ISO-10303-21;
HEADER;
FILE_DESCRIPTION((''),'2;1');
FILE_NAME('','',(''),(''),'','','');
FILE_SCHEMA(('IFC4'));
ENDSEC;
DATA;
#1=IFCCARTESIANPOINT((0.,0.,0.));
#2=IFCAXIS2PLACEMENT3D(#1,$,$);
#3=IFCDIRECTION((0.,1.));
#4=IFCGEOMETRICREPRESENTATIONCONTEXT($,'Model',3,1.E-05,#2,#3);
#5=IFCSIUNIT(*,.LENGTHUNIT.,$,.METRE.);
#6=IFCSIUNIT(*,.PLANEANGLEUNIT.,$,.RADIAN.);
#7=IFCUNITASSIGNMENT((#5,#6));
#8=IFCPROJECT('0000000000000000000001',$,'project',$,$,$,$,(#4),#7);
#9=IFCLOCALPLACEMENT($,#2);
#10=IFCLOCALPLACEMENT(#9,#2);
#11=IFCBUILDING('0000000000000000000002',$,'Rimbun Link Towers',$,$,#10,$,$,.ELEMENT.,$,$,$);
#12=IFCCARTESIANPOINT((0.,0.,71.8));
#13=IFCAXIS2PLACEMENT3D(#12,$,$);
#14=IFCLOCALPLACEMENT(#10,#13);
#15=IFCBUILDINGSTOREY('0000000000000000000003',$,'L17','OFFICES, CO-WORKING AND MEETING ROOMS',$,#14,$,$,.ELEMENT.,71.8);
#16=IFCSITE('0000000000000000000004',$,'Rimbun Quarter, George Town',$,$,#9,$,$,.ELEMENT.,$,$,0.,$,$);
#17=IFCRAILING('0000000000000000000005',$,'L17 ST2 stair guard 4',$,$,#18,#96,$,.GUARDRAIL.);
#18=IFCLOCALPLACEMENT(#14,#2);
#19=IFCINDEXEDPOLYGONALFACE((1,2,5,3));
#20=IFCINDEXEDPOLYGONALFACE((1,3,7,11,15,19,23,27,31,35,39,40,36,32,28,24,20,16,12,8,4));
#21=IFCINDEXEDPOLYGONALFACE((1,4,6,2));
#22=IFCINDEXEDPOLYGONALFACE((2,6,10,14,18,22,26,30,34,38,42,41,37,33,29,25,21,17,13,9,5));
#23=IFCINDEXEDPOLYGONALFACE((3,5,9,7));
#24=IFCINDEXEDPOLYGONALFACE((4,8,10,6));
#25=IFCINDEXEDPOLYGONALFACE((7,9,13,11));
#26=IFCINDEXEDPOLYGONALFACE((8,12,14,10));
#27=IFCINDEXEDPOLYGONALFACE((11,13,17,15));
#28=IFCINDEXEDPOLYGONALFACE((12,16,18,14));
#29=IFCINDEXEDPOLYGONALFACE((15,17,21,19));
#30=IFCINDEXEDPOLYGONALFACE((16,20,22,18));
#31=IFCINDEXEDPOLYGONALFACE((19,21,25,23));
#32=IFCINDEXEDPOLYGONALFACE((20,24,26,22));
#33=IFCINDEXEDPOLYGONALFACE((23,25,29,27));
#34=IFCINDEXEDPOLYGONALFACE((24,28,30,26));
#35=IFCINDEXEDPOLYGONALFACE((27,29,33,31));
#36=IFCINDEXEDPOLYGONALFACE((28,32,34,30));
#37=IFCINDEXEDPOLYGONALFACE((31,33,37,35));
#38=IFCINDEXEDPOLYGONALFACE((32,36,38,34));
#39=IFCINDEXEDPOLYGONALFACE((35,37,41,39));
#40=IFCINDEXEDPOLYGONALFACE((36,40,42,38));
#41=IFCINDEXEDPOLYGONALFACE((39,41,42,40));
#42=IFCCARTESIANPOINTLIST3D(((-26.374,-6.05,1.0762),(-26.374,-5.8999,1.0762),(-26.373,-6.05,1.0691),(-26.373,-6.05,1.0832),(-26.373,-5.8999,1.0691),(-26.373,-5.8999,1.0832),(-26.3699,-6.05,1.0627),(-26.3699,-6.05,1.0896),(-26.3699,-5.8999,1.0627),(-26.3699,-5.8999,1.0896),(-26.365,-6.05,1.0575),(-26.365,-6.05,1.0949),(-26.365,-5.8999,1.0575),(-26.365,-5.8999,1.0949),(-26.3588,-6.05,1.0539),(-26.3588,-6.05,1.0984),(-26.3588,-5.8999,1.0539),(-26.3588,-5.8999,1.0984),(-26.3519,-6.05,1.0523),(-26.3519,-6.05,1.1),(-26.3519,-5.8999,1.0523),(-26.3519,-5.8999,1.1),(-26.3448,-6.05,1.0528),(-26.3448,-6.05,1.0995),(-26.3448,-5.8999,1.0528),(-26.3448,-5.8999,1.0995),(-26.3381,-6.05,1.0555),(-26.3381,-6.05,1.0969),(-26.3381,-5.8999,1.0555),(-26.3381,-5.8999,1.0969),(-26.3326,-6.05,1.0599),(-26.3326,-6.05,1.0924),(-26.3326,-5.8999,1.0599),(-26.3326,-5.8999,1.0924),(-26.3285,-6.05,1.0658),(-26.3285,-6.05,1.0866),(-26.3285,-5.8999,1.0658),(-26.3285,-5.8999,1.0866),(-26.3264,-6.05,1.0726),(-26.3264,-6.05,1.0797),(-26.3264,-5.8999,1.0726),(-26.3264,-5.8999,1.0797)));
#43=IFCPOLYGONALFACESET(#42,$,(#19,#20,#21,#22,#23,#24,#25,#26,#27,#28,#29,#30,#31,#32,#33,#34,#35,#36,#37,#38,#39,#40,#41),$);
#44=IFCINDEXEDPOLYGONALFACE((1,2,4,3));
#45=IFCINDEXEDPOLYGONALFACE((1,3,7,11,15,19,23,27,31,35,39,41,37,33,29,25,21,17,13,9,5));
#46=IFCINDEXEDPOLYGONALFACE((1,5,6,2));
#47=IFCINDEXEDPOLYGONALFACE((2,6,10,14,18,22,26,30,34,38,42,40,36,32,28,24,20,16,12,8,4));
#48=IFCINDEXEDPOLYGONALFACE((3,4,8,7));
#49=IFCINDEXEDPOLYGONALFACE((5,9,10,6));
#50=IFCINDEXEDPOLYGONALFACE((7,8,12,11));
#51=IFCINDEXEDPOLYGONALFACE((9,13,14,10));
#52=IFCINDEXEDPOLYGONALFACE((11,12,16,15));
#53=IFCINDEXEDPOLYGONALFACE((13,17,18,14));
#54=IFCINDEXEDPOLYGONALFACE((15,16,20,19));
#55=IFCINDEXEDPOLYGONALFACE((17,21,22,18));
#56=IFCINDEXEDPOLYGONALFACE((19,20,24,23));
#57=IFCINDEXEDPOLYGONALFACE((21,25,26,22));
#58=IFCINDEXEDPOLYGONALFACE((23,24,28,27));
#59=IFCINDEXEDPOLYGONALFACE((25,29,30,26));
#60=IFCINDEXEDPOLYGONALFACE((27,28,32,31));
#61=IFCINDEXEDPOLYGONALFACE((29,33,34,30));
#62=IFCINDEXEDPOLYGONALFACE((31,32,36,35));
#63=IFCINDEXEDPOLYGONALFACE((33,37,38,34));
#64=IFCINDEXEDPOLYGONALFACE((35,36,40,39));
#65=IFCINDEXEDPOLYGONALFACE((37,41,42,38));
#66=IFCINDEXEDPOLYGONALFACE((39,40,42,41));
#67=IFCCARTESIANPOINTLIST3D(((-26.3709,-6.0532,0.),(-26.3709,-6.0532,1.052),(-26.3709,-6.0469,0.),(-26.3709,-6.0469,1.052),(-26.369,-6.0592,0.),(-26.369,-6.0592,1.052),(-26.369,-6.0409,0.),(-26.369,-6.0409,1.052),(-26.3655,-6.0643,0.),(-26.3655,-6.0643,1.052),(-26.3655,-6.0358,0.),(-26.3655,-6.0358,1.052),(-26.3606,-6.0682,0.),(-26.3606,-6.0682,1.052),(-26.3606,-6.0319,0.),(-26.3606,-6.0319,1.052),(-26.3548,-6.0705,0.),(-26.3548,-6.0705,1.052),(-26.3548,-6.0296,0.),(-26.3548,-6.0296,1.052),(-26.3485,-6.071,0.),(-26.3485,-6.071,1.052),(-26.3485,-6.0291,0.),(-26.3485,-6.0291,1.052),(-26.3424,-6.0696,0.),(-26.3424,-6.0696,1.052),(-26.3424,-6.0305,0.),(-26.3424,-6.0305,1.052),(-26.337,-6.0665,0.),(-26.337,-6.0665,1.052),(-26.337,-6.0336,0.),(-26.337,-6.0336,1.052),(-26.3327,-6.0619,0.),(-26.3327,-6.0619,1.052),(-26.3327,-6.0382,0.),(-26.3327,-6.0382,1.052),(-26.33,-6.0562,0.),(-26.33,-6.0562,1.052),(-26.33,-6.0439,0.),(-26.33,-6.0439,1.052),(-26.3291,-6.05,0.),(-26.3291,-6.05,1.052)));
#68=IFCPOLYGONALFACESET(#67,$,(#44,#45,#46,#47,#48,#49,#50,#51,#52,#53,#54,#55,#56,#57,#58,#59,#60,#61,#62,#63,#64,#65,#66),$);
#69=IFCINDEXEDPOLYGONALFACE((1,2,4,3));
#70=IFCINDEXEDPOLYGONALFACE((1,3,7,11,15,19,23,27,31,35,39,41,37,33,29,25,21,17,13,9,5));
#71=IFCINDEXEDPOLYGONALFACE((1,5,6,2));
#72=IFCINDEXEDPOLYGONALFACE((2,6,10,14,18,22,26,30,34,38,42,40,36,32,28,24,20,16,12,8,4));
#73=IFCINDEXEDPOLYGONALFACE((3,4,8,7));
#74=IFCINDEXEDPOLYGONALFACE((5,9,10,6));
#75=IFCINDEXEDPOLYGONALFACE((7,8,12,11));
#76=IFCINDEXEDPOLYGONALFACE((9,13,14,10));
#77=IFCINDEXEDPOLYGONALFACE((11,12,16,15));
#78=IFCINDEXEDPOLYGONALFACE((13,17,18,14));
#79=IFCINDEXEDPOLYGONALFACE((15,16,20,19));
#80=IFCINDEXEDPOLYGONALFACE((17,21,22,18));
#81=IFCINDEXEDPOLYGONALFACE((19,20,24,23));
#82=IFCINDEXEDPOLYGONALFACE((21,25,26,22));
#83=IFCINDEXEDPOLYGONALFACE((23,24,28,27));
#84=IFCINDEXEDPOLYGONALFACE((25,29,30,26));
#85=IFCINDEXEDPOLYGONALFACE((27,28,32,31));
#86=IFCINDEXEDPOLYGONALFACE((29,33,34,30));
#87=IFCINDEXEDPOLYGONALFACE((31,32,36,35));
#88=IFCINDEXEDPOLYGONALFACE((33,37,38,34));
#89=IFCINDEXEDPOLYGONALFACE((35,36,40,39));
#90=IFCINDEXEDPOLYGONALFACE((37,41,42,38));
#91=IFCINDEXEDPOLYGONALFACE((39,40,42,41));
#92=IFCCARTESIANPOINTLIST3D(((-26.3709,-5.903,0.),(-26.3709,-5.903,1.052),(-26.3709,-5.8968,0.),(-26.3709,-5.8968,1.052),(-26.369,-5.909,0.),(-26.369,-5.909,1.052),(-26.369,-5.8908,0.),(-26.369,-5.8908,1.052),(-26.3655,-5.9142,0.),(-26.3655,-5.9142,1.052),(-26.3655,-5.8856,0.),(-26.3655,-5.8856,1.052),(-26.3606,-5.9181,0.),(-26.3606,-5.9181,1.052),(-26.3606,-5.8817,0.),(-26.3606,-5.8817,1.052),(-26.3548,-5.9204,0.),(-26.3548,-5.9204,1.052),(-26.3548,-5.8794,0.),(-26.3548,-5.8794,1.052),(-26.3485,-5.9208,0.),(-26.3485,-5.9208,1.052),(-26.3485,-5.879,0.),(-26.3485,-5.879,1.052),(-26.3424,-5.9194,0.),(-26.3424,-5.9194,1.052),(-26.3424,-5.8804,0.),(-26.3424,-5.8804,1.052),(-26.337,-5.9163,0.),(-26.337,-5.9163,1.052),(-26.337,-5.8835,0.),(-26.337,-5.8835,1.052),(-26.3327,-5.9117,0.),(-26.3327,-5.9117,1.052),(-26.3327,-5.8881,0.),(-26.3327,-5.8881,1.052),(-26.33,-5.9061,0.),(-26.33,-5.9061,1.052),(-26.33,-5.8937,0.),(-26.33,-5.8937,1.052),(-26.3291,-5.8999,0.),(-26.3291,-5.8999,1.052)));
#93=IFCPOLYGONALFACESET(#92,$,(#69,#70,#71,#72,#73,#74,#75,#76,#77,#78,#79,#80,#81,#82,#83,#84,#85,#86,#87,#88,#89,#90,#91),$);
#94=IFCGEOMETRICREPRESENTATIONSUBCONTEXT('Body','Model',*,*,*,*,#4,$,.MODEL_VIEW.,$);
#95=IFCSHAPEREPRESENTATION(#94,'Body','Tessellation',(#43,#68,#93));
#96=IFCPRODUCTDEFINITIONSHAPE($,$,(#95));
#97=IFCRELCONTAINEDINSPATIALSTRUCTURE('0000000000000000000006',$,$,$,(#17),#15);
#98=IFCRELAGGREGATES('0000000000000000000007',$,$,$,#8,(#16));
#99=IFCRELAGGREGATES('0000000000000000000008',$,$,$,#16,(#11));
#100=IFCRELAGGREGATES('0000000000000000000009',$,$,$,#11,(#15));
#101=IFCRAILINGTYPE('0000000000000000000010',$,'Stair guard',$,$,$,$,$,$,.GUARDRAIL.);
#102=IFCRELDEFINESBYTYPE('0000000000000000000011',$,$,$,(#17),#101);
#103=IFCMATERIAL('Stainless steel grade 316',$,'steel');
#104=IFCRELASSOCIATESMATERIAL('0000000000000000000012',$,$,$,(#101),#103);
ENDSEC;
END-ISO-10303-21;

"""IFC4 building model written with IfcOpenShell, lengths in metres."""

from ifc_helpers import new_model, si_unit, direction, frame, origin, origin_2d, place, context, subcontext, project, spatial, circle, extrude, material, type_object, element, save


model = new_model("IFC4")

# Units and contexts
model_context = context("Model", 3, precision=1e-05, world=origin(), true_north=direction((0.0, 1.0)))
body_context = subcontext(model_context, "Body", "Model", "MODEL_VIEW")
ifc_project = project(units=[si_unit("LENGTHUNIT", "METRE"), si_unit("PLANEANGLEUNIT", "RADIAN")], contexts=[model_context])

# Site, building, storey
site_placement = place(None, origin())
site = spatial("IfcSite", under=ifc_project, at=site_placement, Name="Rimbun Quarter, George Town", CompositionType="ELEMENT", RefElevation=0.0)
building_placement = place(site_placement, origin())
building = spatial("IfcBuilding", under=site, at=building_placement, Name="Rimbun Link Towers", CompositionType="ELEMENT")
storey_placement = place(building_placement, frame((0.0, 0.0, 71.8)))
storey = spatial("IfcBuildingStorey", under=building, at=storey_placement, Name="L17", Description="OFFICES, CO-WORKING AND MEETING ROOMS", CompositionType="ELEMENT", Elevation=71.8)

# Railing
ifc_material_1 = material(Name="Stainless steel grade 316", Category="steel")
railing_type_1 = type_object("IfcRailingType", Name="Stair guard", PredefinedType="GUARDRAIL", material=ifc_material_1)
railing_1_placement = place(storey_placement, frame((-26.3501, -6.05, 0.0)))
element("IfcRailing", 1, at=railing_1_placement, inside=storey, type_object=railing_type_1, Name="L17 ST2 stair guard 4", PredefinedType="GUARDRAIL", context=body_context, shape_type="SweptSolid", body=[
    extrude(circle(Radius=0.0239, at=origin_2d()), frame((0.0, 0.0, 1.0762), z_axis=(0.0, 1.0, 0.0), x_axis=(-1.0, 0.0, 0.0)), (0.0, 0.0, 1.0), 0.1501),
    extrude(circle(Radius=0.021, at=origin_2d()), origin(), (0.0, 0.0, 1.0), 1.052),
    extrude(circle(Radius=0.021, at=origin_2d()), frame((0.0, 0.1501, 0.0)), (0.0, 0.0, 1.0), 1.052),
])

save(model, "model.ifc")
